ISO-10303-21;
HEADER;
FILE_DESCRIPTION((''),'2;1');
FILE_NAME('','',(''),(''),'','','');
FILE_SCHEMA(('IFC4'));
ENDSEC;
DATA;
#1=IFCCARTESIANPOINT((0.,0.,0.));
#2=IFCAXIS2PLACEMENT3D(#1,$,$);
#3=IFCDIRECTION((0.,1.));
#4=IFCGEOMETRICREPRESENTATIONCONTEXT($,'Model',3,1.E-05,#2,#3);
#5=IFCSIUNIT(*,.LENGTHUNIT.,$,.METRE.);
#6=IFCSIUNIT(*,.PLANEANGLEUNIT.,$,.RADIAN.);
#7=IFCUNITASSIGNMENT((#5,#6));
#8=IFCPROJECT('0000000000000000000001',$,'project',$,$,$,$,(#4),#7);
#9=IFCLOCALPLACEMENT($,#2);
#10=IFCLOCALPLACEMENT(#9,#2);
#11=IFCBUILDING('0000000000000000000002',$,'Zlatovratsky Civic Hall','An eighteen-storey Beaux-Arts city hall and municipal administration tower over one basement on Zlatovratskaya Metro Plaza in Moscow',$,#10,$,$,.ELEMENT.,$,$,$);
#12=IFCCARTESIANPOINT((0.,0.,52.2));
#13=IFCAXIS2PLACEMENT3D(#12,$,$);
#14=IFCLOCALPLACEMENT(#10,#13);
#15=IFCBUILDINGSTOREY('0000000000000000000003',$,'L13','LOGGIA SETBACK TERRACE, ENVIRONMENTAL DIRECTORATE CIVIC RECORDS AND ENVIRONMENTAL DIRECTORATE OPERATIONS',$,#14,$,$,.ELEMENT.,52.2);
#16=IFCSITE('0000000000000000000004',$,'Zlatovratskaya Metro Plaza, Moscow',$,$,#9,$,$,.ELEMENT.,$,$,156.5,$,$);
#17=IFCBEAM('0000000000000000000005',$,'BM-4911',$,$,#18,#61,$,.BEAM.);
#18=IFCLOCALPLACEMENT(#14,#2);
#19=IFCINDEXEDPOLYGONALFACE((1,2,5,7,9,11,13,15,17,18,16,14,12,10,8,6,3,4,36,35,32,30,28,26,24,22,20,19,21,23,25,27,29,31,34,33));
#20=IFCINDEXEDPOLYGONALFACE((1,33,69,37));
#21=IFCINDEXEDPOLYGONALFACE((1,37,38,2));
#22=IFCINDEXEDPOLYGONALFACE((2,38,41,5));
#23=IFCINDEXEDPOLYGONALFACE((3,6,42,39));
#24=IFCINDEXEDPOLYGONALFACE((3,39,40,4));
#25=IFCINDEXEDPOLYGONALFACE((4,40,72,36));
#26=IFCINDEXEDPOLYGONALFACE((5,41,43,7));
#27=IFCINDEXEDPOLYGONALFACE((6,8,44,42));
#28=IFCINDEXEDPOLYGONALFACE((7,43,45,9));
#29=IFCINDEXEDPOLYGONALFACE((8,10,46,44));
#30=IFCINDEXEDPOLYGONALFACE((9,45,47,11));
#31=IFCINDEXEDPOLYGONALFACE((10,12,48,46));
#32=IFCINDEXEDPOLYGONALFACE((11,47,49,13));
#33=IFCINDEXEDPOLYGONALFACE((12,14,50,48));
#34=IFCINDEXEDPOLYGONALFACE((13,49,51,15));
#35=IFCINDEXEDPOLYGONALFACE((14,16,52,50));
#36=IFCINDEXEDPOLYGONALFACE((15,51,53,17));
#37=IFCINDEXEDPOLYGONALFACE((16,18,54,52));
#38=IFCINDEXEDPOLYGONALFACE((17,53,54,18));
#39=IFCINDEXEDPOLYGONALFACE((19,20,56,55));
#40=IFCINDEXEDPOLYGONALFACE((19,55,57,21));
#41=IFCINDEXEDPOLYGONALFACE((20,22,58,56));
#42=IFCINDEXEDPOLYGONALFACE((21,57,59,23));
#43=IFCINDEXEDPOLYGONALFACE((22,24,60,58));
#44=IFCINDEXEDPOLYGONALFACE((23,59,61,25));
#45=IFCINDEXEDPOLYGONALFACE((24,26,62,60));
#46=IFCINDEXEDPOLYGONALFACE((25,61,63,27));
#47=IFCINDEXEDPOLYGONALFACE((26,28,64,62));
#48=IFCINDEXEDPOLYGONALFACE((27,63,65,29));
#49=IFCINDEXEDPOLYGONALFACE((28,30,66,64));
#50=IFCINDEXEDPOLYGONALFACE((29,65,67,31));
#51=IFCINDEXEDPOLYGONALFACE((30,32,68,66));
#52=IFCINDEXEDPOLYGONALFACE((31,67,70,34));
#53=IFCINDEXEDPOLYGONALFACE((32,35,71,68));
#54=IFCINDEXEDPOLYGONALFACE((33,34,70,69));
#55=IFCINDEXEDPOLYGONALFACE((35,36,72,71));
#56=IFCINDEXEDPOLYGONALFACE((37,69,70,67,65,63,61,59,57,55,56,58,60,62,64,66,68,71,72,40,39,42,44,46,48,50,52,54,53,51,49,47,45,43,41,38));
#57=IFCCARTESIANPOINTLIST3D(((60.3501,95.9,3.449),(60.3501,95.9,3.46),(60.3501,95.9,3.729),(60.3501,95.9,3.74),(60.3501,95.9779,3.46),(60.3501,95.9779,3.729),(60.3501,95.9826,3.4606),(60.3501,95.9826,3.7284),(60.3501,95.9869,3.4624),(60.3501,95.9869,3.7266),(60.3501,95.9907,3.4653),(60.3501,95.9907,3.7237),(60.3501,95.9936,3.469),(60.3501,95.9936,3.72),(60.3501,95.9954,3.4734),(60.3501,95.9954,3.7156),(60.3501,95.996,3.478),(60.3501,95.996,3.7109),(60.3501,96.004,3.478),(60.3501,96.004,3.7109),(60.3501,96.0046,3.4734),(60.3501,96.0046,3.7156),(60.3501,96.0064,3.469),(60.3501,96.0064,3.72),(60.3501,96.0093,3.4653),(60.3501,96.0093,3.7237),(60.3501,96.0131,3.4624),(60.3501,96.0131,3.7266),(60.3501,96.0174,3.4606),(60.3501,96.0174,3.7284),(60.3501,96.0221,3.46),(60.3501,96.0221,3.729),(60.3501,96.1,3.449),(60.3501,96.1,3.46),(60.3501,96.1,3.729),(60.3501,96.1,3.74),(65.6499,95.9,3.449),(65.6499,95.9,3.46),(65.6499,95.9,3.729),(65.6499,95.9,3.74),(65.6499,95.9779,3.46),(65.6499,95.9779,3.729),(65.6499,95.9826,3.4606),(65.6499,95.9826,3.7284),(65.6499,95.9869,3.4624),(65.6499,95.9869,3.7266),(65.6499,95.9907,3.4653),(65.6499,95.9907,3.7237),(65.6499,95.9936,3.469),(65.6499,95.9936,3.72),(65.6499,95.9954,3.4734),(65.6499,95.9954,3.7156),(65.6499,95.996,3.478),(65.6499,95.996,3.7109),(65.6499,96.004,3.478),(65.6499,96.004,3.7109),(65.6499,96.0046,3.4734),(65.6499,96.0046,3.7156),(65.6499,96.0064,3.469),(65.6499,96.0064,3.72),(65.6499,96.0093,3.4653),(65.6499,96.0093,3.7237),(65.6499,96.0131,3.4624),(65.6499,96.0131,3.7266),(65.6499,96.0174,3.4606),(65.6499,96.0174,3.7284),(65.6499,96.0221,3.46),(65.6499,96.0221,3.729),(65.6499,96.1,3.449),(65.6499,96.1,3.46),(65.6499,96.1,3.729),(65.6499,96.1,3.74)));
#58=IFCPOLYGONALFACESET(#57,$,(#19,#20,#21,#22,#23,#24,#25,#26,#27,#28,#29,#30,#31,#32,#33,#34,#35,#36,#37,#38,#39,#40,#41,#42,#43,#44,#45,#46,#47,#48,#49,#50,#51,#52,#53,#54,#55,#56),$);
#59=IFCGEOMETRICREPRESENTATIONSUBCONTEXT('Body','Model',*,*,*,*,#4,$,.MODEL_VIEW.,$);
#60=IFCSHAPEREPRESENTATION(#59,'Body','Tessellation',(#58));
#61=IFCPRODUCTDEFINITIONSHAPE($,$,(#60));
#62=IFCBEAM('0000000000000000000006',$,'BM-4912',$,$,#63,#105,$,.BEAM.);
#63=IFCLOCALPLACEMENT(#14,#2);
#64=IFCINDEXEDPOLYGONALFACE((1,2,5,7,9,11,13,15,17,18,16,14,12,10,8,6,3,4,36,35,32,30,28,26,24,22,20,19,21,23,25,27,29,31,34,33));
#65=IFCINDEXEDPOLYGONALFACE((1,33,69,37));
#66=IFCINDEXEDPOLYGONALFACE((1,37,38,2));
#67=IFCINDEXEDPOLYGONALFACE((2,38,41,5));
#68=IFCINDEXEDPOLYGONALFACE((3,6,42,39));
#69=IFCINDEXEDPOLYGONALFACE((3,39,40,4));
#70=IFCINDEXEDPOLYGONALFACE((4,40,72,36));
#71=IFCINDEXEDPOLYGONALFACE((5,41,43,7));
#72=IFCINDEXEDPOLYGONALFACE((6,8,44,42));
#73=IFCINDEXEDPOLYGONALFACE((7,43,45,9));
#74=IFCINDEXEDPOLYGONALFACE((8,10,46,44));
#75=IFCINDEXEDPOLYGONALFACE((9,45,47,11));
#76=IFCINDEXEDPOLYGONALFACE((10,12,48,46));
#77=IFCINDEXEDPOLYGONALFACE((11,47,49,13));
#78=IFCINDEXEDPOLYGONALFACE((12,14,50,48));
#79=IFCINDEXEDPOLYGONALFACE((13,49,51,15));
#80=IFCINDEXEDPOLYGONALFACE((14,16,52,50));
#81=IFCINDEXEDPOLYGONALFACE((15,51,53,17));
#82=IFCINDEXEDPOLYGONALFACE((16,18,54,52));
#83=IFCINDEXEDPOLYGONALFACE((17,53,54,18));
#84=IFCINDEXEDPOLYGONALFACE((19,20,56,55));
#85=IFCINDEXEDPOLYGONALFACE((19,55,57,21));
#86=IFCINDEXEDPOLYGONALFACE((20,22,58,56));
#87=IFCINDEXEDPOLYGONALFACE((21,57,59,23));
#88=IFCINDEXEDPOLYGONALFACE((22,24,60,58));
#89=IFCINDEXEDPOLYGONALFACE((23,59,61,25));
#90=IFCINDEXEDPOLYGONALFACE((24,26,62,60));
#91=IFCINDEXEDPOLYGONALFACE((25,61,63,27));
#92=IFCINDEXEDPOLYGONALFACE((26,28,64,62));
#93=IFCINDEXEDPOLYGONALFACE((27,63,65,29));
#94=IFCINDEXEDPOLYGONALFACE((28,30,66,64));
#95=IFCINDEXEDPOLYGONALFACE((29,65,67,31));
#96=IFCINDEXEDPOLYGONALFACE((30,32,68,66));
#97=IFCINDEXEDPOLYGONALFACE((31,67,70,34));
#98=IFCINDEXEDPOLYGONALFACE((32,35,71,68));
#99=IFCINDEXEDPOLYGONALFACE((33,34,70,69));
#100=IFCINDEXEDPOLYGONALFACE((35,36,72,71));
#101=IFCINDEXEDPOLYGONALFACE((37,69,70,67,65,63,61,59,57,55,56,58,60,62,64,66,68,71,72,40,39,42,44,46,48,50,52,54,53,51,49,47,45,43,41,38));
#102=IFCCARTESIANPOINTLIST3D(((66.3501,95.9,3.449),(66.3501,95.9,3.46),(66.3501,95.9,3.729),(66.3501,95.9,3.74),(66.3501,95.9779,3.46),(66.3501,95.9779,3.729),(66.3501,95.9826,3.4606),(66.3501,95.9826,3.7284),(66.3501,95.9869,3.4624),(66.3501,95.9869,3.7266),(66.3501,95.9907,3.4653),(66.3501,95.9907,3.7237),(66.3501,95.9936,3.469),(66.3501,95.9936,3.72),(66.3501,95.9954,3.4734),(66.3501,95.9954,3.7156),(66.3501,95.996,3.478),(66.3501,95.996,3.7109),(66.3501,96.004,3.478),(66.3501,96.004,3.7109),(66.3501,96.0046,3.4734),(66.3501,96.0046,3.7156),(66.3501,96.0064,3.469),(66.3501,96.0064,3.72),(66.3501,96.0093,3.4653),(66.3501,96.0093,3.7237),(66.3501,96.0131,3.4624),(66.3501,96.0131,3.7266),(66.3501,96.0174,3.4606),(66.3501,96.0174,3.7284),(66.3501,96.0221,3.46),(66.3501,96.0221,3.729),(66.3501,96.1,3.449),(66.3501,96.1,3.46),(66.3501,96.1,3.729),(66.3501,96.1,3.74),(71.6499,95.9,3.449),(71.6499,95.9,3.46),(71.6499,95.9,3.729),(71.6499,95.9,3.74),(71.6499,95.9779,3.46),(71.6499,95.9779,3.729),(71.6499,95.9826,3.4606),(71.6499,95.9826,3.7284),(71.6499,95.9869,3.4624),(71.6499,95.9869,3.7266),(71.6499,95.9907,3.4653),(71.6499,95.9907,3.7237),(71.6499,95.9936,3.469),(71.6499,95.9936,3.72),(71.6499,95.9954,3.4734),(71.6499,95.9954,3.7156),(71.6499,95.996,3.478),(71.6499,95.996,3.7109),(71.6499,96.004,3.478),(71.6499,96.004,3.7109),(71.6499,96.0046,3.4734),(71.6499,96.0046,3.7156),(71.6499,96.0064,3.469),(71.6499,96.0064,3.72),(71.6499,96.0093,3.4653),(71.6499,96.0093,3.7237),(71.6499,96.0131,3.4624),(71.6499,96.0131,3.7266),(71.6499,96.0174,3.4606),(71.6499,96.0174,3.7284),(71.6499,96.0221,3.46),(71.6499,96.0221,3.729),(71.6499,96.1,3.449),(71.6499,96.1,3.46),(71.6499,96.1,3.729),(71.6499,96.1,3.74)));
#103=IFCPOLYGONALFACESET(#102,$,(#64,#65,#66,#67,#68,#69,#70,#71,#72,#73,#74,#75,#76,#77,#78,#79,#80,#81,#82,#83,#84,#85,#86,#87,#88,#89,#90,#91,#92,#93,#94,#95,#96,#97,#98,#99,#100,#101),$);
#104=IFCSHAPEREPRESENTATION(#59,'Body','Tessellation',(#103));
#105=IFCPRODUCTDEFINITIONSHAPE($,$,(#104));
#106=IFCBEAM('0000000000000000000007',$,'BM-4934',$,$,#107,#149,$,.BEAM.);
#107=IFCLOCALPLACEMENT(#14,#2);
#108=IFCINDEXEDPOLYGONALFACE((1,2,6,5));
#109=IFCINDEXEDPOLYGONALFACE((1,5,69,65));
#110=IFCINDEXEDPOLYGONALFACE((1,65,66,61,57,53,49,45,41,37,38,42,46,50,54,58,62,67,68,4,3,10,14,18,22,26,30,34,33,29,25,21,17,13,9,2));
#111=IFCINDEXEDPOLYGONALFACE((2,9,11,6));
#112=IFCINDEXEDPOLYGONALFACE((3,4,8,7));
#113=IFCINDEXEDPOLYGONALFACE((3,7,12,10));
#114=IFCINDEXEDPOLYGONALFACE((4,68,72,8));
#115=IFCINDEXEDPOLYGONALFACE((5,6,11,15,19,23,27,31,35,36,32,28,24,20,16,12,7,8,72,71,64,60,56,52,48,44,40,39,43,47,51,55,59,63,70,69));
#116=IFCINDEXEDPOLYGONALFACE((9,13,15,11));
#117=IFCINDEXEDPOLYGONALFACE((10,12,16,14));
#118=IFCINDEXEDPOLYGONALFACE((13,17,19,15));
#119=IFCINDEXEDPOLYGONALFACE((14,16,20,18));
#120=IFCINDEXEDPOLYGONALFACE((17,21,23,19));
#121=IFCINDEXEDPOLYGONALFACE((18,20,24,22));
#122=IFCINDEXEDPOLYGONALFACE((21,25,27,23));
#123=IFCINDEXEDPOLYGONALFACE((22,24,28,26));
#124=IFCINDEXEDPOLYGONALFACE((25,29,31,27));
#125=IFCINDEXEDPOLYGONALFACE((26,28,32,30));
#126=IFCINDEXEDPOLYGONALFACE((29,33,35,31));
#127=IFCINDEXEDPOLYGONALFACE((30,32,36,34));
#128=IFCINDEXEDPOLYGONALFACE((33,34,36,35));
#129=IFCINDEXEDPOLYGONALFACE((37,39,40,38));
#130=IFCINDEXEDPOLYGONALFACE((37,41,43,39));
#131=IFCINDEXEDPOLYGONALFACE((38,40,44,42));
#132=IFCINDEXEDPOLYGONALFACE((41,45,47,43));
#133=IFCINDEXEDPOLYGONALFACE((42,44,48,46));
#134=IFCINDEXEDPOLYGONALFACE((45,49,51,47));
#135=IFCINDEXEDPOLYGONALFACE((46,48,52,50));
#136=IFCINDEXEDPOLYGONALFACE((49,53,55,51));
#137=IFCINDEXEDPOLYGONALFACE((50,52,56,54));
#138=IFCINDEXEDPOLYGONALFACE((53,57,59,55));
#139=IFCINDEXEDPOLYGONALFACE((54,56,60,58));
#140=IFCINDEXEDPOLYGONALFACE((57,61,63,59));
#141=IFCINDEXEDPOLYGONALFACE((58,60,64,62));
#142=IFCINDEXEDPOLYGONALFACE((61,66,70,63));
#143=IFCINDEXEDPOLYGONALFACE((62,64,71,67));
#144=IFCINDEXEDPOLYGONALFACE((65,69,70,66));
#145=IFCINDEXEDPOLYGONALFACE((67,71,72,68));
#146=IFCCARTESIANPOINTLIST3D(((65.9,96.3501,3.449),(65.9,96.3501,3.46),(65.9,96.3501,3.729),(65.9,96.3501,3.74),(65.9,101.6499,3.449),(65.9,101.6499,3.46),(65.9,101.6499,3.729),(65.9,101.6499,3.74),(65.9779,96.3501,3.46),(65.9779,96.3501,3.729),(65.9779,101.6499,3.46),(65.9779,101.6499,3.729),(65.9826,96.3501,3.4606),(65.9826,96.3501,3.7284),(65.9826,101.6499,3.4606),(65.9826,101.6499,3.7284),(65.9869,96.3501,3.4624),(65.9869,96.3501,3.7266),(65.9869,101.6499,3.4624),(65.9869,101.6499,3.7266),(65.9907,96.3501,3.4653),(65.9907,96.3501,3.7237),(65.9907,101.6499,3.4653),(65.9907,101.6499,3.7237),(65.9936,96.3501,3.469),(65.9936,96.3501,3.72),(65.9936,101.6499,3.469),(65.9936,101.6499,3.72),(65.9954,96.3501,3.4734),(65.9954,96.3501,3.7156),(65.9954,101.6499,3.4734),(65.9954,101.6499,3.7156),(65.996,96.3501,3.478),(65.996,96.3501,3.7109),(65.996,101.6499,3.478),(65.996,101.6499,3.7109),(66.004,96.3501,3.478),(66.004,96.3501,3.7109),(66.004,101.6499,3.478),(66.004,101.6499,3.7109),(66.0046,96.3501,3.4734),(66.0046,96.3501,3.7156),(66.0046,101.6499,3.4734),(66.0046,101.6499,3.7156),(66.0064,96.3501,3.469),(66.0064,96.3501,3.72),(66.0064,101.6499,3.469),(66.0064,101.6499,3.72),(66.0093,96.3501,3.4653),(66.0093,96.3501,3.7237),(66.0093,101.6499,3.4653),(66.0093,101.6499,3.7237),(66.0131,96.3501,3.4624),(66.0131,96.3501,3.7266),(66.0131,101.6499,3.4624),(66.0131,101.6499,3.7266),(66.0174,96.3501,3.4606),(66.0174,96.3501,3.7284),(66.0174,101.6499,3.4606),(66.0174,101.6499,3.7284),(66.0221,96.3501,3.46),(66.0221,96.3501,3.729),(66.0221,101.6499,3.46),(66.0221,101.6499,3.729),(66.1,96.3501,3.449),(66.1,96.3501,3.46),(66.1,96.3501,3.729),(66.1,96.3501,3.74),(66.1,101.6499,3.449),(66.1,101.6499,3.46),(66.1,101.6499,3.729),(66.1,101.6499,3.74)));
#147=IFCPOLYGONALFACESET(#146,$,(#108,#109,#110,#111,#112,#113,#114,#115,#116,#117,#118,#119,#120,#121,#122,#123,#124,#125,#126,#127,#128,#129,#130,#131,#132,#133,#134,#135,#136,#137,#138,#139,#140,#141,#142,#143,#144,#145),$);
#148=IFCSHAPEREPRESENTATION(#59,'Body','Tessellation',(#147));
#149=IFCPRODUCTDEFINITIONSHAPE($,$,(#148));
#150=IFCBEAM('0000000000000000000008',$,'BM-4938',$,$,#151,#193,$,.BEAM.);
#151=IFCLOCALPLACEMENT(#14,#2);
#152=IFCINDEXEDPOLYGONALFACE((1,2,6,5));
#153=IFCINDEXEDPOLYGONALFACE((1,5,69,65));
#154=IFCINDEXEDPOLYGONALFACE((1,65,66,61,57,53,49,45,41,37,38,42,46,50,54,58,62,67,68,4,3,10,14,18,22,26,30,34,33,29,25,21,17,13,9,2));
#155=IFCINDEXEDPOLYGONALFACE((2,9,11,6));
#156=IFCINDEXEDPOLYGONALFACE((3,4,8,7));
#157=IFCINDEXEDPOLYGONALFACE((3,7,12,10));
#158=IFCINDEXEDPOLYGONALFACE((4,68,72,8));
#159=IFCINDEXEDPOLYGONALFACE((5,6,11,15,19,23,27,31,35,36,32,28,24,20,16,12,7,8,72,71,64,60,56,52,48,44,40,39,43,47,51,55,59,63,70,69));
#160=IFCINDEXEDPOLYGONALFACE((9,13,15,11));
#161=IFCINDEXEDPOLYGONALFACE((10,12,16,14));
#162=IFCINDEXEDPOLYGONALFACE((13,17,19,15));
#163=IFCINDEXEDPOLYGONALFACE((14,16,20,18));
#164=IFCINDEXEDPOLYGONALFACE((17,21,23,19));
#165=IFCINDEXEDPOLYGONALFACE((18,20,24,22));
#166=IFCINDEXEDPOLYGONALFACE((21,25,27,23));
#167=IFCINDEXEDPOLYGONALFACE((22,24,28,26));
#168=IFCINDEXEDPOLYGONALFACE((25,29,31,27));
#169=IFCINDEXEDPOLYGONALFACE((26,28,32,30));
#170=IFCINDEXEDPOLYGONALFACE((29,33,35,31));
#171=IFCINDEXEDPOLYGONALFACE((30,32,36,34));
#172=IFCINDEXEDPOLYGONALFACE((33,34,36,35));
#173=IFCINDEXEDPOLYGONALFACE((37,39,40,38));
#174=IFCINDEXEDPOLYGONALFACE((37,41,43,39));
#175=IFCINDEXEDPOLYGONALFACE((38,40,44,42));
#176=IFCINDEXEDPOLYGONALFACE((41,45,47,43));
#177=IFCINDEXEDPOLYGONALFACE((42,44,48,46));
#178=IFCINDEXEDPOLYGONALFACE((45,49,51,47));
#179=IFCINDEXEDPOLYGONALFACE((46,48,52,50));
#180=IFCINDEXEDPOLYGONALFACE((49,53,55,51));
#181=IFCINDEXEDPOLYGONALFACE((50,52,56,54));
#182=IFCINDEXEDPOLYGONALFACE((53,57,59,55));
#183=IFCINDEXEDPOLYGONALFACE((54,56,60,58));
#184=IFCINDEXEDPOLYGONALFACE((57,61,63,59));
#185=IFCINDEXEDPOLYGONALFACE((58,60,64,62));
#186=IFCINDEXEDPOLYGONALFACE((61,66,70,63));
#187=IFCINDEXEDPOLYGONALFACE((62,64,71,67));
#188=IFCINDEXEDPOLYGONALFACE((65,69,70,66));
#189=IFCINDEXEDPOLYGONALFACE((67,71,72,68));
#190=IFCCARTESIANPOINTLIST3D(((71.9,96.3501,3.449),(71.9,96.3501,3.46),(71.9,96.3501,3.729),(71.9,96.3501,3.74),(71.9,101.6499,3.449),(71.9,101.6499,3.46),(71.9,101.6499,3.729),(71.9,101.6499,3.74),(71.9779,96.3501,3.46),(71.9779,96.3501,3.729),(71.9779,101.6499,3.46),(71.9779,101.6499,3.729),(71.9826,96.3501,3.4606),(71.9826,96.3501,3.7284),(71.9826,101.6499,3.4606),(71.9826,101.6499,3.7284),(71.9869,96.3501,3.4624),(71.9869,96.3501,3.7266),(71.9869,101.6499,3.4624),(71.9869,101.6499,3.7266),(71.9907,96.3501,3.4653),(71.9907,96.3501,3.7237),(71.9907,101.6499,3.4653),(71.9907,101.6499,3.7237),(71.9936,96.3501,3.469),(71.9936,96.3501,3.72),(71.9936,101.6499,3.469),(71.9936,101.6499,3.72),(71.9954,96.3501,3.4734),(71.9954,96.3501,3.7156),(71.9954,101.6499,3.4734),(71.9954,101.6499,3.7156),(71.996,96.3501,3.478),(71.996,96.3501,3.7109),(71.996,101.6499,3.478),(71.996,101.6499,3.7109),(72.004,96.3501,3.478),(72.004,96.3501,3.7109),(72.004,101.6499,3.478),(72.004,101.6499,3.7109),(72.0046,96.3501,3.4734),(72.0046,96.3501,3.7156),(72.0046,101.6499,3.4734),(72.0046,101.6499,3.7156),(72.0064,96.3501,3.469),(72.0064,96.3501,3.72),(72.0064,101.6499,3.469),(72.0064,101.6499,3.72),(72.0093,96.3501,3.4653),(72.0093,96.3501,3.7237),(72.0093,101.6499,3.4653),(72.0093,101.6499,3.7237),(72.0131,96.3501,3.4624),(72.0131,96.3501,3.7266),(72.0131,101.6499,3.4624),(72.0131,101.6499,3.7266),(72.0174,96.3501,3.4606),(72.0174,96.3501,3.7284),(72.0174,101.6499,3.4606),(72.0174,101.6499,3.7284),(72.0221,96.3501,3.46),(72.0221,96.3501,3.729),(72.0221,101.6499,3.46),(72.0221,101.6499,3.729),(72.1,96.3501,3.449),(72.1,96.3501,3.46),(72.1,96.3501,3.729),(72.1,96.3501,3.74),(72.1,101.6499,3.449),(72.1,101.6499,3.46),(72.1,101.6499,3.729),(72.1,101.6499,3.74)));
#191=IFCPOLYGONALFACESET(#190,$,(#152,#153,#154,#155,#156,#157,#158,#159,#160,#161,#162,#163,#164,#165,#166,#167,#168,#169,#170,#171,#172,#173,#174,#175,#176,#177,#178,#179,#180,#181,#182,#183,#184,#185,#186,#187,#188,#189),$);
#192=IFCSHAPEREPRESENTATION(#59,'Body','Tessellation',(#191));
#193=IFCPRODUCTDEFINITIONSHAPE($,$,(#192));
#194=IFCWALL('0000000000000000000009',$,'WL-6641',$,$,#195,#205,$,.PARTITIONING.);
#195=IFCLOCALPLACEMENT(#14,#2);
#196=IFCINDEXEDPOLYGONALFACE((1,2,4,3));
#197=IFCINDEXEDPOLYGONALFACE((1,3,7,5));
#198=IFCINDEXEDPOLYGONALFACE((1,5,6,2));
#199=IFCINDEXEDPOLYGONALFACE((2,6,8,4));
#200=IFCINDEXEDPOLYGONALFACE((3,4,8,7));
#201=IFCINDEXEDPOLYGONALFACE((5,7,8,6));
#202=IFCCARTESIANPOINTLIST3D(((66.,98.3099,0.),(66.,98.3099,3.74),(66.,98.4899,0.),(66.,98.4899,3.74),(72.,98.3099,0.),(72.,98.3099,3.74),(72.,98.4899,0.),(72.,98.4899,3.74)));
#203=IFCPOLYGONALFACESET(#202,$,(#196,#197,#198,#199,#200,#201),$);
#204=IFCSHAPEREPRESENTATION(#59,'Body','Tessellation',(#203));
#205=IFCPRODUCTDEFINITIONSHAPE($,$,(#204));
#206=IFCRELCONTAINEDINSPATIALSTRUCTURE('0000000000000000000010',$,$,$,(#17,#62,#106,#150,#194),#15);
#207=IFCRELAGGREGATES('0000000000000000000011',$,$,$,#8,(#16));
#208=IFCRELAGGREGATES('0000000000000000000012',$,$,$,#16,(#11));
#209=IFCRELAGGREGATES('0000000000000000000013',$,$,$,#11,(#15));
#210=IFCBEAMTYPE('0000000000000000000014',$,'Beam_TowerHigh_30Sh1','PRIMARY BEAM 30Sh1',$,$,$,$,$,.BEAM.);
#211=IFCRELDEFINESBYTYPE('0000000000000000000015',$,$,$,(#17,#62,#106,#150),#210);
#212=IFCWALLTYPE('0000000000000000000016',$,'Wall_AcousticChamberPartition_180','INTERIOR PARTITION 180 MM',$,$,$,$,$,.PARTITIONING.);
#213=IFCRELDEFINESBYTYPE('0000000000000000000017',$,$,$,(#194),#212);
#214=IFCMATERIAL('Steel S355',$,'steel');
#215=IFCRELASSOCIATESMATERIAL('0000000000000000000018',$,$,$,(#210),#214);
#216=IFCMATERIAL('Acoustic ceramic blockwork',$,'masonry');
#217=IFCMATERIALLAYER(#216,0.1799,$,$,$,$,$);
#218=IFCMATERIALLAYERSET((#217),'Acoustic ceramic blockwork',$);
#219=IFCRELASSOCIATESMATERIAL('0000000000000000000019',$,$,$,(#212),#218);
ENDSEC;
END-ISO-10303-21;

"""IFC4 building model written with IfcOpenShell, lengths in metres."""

from ifc_helpers import new_model, si_unit, direction, frame, frame_2d, origin, origin_2d, place, context, subcontext, project, spatial, rectangle, i_section, extrude, material, layer, layer_set, material_profile, profile_set, type_object, element, save


model = new_model("IFC4")

# Units and contexts
model_context = context("Model", 3, precision=1e-05, world=origin(), true_north=direction((0.0, 1.0)))
body_context = subcontext(model_context, "Body", "Model", "MODEL_VIEW")
ifc_project = project(units=[si_unit("LENGTHUNIT", "METRE"), si_unit("PLANEANGLEUNIT", "RADIAN")], contexts=[model_context])

# Site, building, storey
site_placement = place(None, origin())
site = spatial("IfcSite", under=ifc_project, at=site_placement, Name="Zlatovratskaya Metro Plaza, Moscow", CompositionType="ELEMENT", RefElevation=156.5)
building_placement = place(site_placement, origin())
building = spatial("IfcBuilding", under=site, at=building_placement, Name="Zlatovratsky Civic Hall", Description="An eighteen-storey Beaux-Arts city hall and municipal administration tower over one basement on Zlatovratskaya Metro Plaza in Moscow", CompositionType="ELEMENT")
storey_placement = place(building_placement, frame((0.0, 0.0, 52.2)))
storey = spatial("IfcBuildingStorey", under=building, at=storey_placement, Name="L13", Description="LOGGIA SETBACK TERRACE, ENVIRONMENTAL DIRECTORATE CIVIC RECORDS AND ENVIRONMENTAL DIRECTORATE OPERATIONS", CompositionType="ELEMENT", Elevation=52.2)

# Beams
ifc_material_1 = material(Name="Steel S355", Category="steel")
ifc_material_profile_1 = material_profile(ifc_material_1, i_section(OverallWidth=0.2, OverallDepth=0.291, WebThickness=0.0081, FlangeThickness=0.011, FilletRadius=0.0181, at=origin_2d()), Name="30Sh1")
ifc_profile_set_1 = profile_set([ifc_material_profile_1], Name="Steel S355")
beam_type_1 = type_object("IfcBeamType", Name="Beam_TowerHigh_30Sh1", Description="PRIMARY BEAM 30Sh1", PredefinedType="BEAM", material=ifc_profile_set_1)
for number, where, z_axis, x_axis, name in (
    (1, (60.3501, 96.0, 3.5945), (1.0, 0.0, 0.0), (0.0, 1.0, 0.0), "BM-4911"),
    (2, (66.3501, 96.0, 3.5945), (1.0, 0.0, 0.0), (0.0, 1.0, 0.0), "BM-4912"),
    (3, (66.0, 96.3501, 3.5945), (0.0, 1.0, 0.0), (-1.0, 0.0, 0.0), "BM-4934"),
    (4, (72.0, 96.3501, 3.5945), (0.0, 1.0, 0.0), (-1.0, 0.0, 0.0), "BM-4938"),
):
    element("IfcBeam", number, at=place(storey_placement, frame(where, z_axis=z_axis, x_axis=x_axis)), inside=storey, type_object=beam_type_1, Name=name, PredefinedType="BEAM", context=body_context, shape_type="SweptSolid", body=[
        extrude(i_section(OverallWidth=0.2, OverallDepth=0.291, WebThickness=0.0081, FlangeThickness=0.011, FilletRadius=0.0181, at=origin_2d()), origin(), (0.0, 0.0, 1.0), 5.2998),
    ])

# Wall
ifc_material_2 = material(Name="Acoustic ceramic blockwork", Category="masonry")
ifc_layer_1 = layer(ifc_material_2, 0.1799)
ifc_layer_set_1 = layer_set([ifc_layer_1], Name="Acoustic ceramic blockwork")
wall_type_1 = type_object("IfcWallType", Name="Wall_AcousticChamberPartition_180", Description="INTERIOR PARTITION 180 MM", PredefinedType="PARTITIONING", material=ifc_layer_set_1)
wall_1_placement = place(storey_placement, frame((66.0, 98.3999, 0.0), z_axis=(0.0, 0.0, 1.0), x_axis=(1.0, 0.0, 0.0)))
element("IfcWall", 5, at=wall_1_placement, inside=storey, type_object=wall_type_1, Name="WL-6641", PredefinedType="PARTITIONING", context=body_context, shape_type="SweptSolid", body=[
    extrude(rectangle(XDim=6.0, YDim=0.1799, at=frame_2d((3.0, 0.0))), origin(), (0.0, 0.0, 1.0), 3.74),
])

save(model, "model.ifc")
